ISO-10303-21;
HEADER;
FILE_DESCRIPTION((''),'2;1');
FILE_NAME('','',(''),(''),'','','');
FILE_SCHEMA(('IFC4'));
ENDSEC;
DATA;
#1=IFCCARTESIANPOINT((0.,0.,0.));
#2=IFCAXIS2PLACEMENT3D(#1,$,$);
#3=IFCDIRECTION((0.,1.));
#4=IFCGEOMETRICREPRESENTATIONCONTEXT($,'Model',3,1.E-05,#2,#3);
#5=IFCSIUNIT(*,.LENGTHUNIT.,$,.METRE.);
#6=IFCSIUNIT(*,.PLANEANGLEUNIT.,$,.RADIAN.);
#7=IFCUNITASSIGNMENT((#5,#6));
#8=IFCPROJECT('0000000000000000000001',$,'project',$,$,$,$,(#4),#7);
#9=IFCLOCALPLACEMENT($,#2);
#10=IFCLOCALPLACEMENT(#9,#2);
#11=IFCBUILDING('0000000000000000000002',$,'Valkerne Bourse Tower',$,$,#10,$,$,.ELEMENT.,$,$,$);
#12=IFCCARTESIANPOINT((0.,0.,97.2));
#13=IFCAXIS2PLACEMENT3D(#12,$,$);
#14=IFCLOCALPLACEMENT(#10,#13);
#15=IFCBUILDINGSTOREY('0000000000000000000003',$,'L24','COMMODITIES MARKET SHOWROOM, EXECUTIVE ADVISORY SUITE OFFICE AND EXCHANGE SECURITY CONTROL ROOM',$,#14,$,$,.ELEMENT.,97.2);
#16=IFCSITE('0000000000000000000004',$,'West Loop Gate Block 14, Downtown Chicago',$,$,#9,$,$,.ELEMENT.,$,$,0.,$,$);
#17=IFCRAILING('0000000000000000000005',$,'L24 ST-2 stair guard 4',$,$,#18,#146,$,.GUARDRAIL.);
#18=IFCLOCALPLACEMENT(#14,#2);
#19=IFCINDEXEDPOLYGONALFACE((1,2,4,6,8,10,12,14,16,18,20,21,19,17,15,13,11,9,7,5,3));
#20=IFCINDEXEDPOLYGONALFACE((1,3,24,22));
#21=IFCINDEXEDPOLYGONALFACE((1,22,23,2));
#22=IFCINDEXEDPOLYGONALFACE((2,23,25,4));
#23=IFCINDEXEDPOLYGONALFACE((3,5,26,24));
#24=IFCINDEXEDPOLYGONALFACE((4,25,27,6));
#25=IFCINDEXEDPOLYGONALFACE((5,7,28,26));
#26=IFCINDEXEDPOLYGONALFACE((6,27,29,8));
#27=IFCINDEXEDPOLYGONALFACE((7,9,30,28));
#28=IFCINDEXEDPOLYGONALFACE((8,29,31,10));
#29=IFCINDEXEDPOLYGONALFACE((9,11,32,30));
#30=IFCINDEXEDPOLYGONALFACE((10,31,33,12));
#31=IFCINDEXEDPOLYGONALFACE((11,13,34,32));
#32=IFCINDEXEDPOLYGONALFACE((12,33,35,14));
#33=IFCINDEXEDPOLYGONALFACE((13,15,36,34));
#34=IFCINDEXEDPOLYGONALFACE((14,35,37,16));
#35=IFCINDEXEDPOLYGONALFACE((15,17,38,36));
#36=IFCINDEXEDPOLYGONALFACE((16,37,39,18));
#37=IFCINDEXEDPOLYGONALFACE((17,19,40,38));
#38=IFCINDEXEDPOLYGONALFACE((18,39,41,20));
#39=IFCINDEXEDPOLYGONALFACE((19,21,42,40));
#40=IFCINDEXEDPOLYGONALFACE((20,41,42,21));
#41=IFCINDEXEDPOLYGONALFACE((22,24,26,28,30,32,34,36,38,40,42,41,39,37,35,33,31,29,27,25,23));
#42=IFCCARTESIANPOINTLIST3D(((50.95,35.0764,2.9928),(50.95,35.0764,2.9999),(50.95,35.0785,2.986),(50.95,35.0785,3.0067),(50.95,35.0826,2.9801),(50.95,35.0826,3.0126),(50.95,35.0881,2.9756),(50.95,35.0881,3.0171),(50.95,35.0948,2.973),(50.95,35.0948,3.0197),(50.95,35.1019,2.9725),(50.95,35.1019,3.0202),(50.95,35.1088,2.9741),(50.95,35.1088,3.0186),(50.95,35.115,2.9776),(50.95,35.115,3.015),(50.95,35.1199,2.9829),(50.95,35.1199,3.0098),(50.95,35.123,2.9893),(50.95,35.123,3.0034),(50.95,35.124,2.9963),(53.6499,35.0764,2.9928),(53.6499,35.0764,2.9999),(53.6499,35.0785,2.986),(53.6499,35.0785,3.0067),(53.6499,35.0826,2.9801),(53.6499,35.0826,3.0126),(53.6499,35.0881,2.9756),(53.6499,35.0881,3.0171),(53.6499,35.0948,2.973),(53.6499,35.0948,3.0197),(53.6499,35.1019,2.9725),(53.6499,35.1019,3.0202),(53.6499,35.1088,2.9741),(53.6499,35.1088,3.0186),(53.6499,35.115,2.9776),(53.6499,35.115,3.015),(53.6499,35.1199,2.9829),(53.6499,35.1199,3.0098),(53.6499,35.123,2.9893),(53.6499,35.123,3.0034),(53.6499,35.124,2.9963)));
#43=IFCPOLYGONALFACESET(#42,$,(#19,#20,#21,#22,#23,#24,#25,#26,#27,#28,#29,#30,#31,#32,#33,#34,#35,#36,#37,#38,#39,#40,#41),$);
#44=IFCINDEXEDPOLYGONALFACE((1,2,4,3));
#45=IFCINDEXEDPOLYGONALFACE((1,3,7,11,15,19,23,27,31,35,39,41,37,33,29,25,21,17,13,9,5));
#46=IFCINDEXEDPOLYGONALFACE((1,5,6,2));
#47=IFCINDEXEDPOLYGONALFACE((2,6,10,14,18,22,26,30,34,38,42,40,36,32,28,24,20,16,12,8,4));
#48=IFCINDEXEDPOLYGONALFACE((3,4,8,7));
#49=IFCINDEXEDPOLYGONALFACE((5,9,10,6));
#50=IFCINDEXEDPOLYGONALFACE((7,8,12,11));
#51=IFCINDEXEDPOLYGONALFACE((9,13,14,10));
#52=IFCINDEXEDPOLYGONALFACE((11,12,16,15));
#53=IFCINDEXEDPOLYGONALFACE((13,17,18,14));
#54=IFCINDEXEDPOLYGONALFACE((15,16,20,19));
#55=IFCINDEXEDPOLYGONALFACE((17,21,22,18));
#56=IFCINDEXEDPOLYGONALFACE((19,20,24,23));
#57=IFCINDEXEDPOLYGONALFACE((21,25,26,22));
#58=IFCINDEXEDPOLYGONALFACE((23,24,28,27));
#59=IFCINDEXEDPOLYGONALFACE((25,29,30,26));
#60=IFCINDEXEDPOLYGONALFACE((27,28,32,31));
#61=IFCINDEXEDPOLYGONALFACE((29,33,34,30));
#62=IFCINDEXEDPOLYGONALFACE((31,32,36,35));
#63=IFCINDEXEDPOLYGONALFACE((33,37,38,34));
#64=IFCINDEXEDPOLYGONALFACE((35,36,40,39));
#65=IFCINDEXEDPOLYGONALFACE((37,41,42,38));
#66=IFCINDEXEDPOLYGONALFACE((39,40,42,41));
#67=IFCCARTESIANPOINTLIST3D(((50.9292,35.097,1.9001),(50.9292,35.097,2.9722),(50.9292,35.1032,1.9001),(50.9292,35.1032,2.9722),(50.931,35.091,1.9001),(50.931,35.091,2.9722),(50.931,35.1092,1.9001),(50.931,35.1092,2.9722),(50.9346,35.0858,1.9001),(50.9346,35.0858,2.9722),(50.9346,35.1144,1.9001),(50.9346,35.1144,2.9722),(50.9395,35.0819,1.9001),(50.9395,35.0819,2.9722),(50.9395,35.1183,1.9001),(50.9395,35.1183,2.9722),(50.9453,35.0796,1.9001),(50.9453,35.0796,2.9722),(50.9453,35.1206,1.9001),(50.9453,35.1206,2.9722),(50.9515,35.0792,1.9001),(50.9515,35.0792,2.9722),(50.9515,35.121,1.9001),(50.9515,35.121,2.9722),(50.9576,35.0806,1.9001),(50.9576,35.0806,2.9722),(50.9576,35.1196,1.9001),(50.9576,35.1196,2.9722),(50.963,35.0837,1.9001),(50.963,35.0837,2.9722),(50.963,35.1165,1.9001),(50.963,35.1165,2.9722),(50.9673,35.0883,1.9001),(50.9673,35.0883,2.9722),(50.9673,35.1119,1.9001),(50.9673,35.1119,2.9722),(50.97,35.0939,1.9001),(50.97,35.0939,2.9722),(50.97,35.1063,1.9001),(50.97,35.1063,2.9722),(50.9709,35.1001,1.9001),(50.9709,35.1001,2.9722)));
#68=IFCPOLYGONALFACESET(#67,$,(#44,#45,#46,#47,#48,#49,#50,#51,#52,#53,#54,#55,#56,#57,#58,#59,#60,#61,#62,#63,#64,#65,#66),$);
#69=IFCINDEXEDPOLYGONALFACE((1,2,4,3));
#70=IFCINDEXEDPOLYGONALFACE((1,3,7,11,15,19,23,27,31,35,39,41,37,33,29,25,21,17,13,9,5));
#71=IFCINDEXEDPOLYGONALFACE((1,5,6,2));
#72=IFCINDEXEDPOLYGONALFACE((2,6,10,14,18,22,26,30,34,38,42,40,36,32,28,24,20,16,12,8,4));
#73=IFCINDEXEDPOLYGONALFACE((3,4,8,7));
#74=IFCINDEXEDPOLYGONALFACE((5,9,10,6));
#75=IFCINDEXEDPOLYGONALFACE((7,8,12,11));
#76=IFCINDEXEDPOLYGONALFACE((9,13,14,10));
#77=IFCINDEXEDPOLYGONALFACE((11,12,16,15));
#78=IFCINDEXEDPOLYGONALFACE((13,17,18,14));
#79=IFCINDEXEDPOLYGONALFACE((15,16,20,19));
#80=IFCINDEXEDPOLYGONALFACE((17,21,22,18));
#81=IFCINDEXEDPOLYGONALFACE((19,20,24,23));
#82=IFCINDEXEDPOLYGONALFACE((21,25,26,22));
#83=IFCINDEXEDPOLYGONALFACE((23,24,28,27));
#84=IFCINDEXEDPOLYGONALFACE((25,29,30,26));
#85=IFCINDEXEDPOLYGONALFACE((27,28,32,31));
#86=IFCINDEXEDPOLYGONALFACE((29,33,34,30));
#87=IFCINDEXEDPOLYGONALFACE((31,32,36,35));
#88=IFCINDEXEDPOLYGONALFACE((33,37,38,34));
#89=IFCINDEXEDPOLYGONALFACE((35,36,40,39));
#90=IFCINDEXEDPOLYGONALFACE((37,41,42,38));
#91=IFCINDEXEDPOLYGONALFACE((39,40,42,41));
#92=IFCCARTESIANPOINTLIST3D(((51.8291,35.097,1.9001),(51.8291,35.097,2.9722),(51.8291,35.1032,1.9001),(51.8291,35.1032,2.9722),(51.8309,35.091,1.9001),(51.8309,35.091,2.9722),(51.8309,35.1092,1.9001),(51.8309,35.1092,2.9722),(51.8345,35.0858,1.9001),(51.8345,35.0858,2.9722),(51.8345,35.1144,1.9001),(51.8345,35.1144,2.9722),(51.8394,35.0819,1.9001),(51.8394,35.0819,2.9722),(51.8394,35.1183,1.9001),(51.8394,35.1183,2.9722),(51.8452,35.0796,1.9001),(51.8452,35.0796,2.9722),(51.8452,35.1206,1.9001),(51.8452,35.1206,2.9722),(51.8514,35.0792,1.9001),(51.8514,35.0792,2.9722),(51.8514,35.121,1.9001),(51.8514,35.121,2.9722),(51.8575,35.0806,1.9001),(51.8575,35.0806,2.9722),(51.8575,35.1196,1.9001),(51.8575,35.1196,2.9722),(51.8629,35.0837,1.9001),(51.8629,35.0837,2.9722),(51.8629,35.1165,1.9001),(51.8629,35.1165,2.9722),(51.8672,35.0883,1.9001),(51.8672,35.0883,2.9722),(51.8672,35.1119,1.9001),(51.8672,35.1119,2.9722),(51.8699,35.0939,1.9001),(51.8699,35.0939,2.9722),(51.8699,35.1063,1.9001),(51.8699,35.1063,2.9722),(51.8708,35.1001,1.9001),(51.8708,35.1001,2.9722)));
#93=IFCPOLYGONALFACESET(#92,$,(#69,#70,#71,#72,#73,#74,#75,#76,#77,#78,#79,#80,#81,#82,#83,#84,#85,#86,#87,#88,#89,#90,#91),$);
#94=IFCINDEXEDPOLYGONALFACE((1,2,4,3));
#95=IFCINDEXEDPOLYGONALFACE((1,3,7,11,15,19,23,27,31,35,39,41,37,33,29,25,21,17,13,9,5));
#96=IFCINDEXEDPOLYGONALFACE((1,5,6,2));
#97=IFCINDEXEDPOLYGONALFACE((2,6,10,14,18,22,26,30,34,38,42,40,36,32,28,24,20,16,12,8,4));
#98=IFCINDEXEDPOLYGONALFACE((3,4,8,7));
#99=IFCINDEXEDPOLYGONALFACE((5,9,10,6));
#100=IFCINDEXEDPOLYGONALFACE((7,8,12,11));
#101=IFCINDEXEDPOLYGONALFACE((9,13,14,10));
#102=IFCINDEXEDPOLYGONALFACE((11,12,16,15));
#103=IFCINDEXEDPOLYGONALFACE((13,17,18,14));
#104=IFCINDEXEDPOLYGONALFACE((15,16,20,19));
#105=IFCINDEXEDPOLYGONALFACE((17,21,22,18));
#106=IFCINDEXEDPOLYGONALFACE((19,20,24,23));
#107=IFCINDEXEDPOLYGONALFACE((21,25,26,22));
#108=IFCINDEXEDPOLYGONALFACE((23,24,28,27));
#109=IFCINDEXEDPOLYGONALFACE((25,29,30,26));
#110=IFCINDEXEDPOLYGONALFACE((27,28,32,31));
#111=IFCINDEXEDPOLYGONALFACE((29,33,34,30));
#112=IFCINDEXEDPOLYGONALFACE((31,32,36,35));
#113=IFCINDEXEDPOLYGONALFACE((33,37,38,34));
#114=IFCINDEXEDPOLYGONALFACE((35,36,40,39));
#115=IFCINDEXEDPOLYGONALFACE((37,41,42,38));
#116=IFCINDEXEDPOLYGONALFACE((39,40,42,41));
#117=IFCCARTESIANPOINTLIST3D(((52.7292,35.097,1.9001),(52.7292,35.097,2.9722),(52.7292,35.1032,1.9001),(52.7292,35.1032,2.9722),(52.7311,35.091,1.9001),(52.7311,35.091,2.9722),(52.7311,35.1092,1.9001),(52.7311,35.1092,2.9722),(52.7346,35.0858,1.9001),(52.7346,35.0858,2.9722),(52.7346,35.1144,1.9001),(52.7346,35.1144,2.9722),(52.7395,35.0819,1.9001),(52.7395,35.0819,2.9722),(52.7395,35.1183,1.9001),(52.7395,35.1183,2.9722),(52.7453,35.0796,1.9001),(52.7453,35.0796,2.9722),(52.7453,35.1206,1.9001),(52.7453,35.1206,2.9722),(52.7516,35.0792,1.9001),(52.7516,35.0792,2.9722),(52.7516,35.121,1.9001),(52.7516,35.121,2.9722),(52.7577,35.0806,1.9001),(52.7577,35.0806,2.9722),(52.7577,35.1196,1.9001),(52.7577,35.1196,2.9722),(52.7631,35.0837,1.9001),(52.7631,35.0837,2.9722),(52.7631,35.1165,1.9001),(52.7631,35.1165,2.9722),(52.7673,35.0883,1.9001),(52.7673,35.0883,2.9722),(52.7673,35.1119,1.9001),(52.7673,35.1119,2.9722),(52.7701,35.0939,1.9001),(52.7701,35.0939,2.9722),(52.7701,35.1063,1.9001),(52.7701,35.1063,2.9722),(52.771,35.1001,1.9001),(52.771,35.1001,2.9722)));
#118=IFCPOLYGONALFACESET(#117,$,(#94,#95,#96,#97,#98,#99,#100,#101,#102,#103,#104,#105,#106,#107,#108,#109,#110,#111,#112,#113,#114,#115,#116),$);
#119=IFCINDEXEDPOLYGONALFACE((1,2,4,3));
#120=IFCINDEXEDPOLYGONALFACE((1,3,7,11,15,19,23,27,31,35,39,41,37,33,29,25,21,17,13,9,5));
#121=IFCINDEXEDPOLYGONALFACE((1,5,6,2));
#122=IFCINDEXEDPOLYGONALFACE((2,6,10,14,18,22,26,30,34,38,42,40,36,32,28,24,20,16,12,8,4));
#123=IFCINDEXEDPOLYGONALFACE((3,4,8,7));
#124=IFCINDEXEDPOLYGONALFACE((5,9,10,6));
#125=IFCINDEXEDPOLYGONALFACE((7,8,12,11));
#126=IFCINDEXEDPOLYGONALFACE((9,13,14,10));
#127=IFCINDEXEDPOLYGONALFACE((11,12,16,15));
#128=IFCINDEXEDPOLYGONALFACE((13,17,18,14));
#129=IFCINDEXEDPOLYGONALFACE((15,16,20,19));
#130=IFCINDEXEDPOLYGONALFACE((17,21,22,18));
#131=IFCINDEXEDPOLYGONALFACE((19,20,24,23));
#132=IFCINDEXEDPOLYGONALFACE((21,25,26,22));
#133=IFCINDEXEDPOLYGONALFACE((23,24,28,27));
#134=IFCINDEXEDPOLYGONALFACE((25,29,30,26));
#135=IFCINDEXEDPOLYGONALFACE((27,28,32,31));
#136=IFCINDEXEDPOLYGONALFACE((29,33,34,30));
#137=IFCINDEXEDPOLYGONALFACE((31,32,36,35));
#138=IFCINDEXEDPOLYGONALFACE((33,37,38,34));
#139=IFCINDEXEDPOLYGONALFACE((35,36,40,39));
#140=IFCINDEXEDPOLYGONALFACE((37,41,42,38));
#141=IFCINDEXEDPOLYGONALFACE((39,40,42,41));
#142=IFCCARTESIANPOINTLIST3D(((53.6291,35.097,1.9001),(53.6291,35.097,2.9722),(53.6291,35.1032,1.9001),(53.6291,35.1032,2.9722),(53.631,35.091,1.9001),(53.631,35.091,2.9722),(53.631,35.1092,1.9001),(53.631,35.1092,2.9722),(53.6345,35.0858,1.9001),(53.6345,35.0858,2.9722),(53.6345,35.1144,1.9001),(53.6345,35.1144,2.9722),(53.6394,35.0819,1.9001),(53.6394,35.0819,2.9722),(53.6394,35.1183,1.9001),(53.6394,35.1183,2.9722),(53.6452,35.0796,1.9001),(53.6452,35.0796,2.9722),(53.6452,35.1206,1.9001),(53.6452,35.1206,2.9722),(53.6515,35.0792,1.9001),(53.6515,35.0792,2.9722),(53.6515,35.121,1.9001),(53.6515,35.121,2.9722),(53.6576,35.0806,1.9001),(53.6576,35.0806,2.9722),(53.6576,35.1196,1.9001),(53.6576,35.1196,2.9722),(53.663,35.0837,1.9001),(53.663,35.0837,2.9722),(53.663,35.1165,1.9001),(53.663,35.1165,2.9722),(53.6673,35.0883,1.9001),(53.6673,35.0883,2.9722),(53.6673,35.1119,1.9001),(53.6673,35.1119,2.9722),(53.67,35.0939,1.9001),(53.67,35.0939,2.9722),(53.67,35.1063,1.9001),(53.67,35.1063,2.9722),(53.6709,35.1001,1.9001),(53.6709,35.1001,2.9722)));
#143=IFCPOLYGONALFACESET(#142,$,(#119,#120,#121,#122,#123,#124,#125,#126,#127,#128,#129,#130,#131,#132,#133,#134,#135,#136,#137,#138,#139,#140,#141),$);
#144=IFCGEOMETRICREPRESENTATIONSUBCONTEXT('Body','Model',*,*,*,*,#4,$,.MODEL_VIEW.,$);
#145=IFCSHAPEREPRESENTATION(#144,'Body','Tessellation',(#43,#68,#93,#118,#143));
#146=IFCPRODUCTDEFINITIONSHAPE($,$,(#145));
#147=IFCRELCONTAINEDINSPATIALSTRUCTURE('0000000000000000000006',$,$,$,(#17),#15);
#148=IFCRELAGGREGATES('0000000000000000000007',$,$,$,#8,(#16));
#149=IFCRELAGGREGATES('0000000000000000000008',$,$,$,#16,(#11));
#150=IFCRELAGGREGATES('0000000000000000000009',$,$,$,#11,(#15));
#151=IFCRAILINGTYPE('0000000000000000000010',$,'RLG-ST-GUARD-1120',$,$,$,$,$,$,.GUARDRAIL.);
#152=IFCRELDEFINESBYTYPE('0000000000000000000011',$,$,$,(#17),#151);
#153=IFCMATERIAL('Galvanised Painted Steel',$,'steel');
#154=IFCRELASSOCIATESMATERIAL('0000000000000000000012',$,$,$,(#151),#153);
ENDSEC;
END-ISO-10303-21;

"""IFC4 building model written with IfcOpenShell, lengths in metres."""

from ifc_helpers import new_model, si_unit, direction, frame, origin, origin_2d, place, context, subcontext, project, spatial, circle, extrude, material, type_object, element, save


model = new_model("IFC4")

# Units and contexts
model_context = context("Model", 3, precision=1e-05, world=origin(), true_north=direction((0.0, 1.0)))
body_context = subcontext(model_context, "Body", "Model", "MODEL_VIEW")
ifc_project = project(units=[si_unit("LENGTHUNIT", "METRE"), si_unit("PLANEANGLEUNIT", "RADIAN")], contexts=[model_context])

# Site, building, storey
site_placement = place(None, origin())
site = spatial("IfcSite", under=ifc_project, at=site_placement, Name="West Loop Gate Block 14, Downtown Chicago", CompositionType="ELEMENT", RefElevation=0.0)
building_placement = place(site_placement, origin())
building = spatial("IfcBuilding", under=site, at=building_placement, Name="Valkerne Bourse Tower", CompositionType="ELEMENT")
storey_placement = place(building_placement, frame((0.0, 0.0, 97.2)))
storey = spatial("IfcBuildingStorey", under=building, at=storey_placement, Name="L24", Description="COMMODITIES MARKET SHOWROOM, EXECUTIVE ADVISORY SUITE OFFICE AND EXCHANGE SECURITY CONTROL ROOM", CompositionType="ELEMENT", Elevation=97.2)

# Railing
ifc_material_1 = material(Name="Galvanised Painted Steel", Category="steel")
railing_type_1 = type_object("IfcRailingType", Name="RLG-ST-GUARD-1120", PredefinedType="GUARDRAIL", material=ifc_material_1)
railing_1_placement = place(storey_placement, frame((50.95, 35.1001, 1.9001)))
element("IfcRailing", 1, at=railing_1_placement, inside=storey, type_object=railing_type_1, Name="L24 ST-2 stair guard 4", PredefinedType="GUARDRAIL", context=body_context, shape_type="SweptSolid", body=[
    extrude(circle(Radius=0.0239, at=origin_2d()), frame((0.0, 0.0, 1.0962), z_axis=(1.0, 0.0, 0.0), x_axis=(0.0, 1.0, 0.0)), (0.0, 0.0, 1.0), 2.7),
    extrude(circle(Radius=0.021, at=origin_2d()), origin(), (0.0, 0.0, 1.0), 1.072),
    extrude(circle(Radius=0.021, at=origin_2d()), frame((0.8999, 0.0, 0.0)), (0.0, 0.0, 1.0), 1.072),
    extrude(circle(Radius=0.021, at=origin_2d()), frame((1.8, 0.0, 0.0)), (0.0, 0.0, 1.0), 1.072),
    extrude(circle(Radius=0.021, at=origin_2d()), frame((2.7, 0.0, 0.0)), (0.0, 0.0, 1.0), 1.072),
])

save(model, "model.ifc")
